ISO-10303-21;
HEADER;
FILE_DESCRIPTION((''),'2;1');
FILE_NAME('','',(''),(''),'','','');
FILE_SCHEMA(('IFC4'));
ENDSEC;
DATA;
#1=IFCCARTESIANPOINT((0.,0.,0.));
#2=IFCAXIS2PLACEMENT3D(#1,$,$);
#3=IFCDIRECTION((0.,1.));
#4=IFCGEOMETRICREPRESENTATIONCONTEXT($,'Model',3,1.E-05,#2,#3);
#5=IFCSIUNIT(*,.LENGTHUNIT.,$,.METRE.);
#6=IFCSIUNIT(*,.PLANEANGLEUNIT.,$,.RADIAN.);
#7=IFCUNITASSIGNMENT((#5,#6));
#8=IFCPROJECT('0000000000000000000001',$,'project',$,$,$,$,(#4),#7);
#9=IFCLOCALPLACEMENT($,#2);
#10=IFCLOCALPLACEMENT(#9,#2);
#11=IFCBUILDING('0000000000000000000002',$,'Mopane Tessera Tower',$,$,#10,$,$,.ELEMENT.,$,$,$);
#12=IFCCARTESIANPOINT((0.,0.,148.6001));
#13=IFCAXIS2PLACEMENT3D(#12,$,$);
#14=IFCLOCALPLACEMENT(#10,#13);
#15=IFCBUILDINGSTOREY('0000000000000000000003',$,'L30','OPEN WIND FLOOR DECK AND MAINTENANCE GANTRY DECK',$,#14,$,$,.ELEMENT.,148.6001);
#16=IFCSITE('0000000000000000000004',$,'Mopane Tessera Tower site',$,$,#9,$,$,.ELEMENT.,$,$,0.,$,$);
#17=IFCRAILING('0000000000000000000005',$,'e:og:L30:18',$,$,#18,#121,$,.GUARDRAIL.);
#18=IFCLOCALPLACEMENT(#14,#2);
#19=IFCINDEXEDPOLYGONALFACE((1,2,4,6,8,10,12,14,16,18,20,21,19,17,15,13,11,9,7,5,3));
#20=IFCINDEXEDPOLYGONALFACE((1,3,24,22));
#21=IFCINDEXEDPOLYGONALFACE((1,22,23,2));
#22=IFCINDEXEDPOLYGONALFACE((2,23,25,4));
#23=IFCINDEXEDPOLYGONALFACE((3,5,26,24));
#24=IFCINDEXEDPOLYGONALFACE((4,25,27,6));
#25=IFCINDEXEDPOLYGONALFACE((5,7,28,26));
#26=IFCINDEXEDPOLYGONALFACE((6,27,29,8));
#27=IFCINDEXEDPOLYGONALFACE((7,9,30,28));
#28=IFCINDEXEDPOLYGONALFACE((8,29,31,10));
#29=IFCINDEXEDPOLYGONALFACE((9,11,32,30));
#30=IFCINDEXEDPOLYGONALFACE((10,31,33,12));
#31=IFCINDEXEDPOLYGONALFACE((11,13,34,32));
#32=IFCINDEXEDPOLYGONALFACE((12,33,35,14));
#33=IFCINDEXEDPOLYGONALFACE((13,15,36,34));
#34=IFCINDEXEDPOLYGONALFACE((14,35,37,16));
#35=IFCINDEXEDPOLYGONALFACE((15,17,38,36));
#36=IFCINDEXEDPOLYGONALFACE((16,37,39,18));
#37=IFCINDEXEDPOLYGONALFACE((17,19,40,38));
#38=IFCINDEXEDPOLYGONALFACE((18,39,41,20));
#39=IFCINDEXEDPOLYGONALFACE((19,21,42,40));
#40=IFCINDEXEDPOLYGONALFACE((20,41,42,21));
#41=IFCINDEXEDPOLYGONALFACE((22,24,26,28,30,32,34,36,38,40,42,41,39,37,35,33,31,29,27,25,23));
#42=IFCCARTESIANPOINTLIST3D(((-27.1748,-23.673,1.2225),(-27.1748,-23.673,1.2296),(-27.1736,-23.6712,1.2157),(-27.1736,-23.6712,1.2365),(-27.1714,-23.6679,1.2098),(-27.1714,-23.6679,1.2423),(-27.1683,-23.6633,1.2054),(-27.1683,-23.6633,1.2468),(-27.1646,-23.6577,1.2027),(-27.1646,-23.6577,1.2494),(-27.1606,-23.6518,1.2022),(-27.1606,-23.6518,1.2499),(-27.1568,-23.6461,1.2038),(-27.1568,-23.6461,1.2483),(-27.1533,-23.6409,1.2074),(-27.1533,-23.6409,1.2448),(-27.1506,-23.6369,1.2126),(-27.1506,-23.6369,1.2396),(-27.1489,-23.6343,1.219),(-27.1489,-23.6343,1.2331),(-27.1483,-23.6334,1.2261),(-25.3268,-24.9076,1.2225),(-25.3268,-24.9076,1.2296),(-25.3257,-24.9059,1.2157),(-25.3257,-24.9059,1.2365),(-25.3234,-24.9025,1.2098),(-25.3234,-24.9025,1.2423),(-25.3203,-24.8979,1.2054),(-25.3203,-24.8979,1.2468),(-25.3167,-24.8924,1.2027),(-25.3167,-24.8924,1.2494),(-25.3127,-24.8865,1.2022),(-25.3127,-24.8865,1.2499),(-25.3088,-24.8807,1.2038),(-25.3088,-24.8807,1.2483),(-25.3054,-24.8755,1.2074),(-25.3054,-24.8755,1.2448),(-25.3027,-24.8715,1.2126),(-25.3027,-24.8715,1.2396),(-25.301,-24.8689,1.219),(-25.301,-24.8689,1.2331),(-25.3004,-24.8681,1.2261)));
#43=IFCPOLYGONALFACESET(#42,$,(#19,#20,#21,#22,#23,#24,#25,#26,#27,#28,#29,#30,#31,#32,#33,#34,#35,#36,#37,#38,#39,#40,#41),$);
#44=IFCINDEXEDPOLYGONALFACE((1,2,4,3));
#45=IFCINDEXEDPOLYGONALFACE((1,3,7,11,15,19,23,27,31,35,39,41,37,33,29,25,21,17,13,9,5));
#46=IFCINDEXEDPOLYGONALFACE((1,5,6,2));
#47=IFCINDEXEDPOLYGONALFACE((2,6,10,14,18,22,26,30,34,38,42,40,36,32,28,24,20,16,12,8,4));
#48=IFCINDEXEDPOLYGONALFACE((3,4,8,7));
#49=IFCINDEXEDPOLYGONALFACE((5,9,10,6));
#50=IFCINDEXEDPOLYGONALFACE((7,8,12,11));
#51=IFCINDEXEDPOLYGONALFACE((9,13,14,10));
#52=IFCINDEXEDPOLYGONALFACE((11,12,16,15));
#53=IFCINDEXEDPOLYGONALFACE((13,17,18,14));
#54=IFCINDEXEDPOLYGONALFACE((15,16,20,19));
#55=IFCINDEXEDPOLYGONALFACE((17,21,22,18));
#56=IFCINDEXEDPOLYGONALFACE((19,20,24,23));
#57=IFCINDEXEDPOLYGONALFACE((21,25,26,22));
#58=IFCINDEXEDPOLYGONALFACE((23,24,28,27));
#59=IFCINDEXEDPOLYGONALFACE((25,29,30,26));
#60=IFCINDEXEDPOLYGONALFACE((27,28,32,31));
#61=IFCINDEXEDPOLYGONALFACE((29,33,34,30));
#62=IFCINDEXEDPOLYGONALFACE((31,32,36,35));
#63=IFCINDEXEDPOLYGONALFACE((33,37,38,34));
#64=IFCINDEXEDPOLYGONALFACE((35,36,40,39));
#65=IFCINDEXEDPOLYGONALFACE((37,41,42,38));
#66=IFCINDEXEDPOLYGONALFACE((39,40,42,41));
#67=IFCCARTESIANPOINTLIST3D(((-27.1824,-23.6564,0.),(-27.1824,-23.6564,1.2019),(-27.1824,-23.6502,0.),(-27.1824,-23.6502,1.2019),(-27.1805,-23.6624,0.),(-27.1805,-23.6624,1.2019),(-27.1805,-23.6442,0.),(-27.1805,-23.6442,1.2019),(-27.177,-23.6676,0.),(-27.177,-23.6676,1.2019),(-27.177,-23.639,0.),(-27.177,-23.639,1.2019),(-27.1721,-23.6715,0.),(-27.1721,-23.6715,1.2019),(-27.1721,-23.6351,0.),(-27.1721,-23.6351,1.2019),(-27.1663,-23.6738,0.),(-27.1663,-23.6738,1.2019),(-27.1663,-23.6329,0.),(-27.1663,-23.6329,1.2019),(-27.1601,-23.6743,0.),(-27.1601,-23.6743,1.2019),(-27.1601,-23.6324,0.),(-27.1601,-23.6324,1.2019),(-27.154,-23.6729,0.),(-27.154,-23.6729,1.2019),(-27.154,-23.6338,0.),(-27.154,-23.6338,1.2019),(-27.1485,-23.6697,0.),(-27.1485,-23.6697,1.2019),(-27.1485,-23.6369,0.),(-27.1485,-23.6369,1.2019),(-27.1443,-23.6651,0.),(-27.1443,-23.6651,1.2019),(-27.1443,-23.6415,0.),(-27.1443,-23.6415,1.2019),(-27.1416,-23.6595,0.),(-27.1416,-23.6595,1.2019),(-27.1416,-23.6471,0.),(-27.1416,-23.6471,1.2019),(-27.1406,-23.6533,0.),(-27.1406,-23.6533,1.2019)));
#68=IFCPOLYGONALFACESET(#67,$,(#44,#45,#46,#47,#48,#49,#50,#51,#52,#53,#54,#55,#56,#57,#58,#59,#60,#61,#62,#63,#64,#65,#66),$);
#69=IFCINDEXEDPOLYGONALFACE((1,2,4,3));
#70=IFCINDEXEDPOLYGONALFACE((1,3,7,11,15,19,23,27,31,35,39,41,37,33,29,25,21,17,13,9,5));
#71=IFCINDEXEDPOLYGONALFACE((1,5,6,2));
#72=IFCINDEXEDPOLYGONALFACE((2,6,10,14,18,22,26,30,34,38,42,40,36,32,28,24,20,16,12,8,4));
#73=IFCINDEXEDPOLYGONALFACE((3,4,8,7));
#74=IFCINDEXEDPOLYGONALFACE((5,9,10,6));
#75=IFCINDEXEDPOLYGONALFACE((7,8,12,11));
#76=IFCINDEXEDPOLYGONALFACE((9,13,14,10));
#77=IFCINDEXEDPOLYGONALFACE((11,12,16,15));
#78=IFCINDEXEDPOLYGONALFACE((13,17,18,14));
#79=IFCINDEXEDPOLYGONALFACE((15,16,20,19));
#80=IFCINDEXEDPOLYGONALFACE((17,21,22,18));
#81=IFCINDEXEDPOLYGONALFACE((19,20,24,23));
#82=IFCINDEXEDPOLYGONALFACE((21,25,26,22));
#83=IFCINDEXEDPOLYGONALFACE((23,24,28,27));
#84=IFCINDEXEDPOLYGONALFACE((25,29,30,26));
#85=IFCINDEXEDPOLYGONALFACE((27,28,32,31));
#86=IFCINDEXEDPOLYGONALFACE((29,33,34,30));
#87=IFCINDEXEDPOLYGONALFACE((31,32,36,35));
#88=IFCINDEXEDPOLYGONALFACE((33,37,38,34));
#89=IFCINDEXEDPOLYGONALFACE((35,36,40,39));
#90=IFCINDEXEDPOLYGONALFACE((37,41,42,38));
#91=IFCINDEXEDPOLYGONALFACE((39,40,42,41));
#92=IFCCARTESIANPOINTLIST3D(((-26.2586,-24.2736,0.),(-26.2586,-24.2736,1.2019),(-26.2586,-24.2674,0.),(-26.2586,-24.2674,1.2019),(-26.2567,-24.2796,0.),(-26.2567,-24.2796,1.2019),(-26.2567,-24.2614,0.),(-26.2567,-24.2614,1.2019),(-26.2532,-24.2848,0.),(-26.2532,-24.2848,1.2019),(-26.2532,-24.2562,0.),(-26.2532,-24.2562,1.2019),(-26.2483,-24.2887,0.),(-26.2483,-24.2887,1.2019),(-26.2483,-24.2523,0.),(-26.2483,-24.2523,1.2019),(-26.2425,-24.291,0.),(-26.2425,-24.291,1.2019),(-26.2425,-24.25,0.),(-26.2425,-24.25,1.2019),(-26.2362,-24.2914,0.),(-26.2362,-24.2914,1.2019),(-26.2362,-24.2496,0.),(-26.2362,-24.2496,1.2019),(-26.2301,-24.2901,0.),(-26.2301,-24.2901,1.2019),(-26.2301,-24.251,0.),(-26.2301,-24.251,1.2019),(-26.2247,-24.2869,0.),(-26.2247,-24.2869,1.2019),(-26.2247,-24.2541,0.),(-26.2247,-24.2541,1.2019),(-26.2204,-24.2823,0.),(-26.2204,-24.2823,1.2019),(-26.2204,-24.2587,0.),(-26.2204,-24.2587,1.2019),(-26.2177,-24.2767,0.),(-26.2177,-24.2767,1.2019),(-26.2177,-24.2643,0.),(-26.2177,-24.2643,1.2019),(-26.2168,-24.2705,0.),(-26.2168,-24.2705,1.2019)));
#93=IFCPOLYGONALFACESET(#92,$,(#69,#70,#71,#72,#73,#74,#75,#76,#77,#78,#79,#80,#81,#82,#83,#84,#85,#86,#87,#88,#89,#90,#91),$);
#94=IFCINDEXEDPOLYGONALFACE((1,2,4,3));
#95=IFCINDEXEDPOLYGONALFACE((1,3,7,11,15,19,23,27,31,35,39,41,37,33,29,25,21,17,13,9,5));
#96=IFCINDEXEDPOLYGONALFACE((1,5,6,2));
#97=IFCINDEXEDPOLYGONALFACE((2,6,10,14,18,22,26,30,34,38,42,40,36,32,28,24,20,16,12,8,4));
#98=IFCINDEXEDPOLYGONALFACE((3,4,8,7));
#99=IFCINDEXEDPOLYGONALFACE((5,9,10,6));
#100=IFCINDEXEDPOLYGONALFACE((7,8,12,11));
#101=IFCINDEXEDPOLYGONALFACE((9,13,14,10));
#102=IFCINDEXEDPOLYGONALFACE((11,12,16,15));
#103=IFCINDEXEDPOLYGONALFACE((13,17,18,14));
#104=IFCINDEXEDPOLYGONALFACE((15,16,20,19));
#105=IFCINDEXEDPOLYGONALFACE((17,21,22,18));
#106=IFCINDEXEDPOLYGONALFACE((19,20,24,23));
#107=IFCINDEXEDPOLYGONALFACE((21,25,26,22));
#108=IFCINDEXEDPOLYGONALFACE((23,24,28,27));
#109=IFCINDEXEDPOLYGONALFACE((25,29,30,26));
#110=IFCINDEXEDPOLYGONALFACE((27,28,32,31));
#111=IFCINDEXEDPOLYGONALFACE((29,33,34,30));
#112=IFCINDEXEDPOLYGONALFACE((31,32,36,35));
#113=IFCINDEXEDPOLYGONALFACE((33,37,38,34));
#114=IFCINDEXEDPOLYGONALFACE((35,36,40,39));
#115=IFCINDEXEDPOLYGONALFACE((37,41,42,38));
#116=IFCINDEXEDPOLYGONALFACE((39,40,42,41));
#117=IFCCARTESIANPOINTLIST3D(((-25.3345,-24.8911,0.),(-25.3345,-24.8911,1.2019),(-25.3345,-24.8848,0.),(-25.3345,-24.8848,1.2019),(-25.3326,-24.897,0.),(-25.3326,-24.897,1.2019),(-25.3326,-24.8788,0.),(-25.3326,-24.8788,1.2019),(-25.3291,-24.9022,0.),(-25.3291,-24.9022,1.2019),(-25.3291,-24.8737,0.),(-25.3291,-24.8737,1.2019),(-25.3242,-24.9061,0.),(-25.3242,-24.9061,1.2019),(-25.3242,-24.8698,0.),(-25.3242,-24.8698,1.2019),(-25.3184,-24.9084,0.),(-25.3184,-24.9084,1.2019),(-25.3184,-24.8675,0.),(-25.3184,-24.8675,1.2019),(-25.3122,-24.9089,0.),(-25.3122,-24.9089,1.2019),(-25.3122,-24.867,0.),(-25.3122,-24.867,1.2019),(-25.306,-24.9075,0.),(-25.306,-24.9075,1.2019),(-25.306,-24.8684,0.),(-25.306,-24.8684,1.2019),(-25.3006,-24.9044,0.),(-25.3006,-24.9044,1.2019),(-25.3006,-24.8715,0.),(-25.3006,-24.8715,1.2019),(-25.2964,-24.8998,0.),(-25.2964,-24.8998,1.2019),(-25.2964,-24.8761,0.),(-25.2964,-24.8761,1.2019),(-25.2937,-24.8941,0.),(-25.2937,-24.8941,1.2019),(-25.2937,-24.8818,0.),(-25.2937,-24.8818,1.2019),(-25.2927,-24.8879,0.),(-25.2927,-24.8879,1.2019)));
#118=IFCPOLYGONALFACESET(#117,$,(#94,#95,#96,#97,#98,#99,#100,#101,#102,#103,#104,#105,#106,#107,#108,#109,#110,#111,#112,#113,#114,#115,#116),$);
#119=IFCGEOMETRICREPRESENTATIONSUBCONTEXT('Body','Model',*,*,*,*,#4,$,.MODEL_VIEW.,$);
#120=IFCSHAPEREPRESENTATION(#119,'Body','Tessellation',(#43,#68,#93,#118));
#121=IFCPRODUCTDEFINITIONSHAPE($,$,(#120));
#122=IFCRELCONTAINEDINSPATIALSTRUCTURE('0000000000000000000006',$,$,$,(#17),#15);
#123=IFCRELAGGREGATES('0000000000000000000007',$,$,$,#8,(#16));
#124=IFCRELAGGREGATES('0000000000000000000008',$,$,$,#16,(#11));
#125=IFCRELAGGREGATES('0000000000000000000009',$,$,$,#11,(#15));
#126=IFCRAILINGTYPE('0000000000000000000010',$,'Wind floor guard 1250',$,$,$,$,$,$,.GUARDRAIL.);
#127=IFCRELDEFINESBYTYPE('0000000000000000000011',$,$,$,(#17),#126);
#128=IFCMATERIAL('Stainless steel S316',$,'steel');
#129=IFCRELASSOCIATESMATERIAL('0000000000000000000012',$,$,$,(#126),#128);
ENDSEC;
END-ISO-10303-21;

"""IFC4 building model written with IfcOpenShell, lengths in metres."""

from ifc_helpers import new_model, si_unit, direction, frame, origin, origin_2d, place, context, subcontext, project, spatial, circle, extrude, material, type_object, element, save


model = new_model("IFC4")

# Units and contexts
model_context = context("Model", 3, precision=1e-05, world=origin(), true_north=direction((0.0, 1.0)))
body_context = subcontext(model_context, "Body", "Model", "MODEL_VIEW")
ifc_project = project(units=[si_unit("LENGTHUNIT", "METRE"), si_unit("PLANEANGLEUNIT", "RADIAN")], contexts=[model_context])

# Site, building, storey
site_placement = place(None, origin())
site = spatial("IfcSite", under=ifc_project, at=site_placement, Name="Mopane Tessera Tower site", CompositionType="ELEMENT", RefElevation=0.0)
building_placement = place(site_placement, origin())
building = spatial("IfcBuilding", under=site, at=building_placement, Name="Mopane Tessera Tower", CompositionType="ELEMENT")
storey_placement = place(building_placement, frame((0.0, 0.0, 148.6001)))
storey = spatial("IfcBuildingStorey", under=building, at=storey_placement, Name="L30", Description="OPEN WIND FLOOR DECK AND MAINTENANCE GANTRY DECK", CompositionType="ELEMENT", Elevation=148.6001)

# Railing
ifc_material_1 = material(Name="Stainless steel S316", Category="steel")
railing_type = type_object("IfcRailingType", Name="Wind floor guard 1250", PredefinedType="GUARDRAIL", material=ifc_material_1)
railing_1_placement = place(storey_placement, frame((-27.1616, -23.6533, 0.0)))
element("IfcRailing", 1, at=railing_1_placement, inside=storey, type_object=railing_type, Name="e:og:L30:18", PredefinedType="GUARDRAIL", context=body_context, shape_type="SweptSolid", body=[
    extrude(circle(Radius=0.0239, at=origin_2d()), frame((0.0, 0.0, 1.2261), z_axis=(0.831492, -0.555537, 0.0), x_axis=(0.555537, 0.831492, 0.0)), (0.0, 0.0, 1.0), 2.2224),
    extrude(circle(Radius=0.021, at=origin_2d()), origin(), (0.0, 0.0, 1.0), 1.2019),
    extrude(circle(Radius=0.021, at=origin_2d()), frame((0.9238, -0.6172, 0.0)), (0.0, 0.0, 1.0), 1.2019),
    extrude(circle(Radius=0.021, at=origin_2d()), frame((1.8479, -1.2346, 0.0)), (0.0, 0.0, 1.0), 1.2019),
])

save(model, "model.ifc")
